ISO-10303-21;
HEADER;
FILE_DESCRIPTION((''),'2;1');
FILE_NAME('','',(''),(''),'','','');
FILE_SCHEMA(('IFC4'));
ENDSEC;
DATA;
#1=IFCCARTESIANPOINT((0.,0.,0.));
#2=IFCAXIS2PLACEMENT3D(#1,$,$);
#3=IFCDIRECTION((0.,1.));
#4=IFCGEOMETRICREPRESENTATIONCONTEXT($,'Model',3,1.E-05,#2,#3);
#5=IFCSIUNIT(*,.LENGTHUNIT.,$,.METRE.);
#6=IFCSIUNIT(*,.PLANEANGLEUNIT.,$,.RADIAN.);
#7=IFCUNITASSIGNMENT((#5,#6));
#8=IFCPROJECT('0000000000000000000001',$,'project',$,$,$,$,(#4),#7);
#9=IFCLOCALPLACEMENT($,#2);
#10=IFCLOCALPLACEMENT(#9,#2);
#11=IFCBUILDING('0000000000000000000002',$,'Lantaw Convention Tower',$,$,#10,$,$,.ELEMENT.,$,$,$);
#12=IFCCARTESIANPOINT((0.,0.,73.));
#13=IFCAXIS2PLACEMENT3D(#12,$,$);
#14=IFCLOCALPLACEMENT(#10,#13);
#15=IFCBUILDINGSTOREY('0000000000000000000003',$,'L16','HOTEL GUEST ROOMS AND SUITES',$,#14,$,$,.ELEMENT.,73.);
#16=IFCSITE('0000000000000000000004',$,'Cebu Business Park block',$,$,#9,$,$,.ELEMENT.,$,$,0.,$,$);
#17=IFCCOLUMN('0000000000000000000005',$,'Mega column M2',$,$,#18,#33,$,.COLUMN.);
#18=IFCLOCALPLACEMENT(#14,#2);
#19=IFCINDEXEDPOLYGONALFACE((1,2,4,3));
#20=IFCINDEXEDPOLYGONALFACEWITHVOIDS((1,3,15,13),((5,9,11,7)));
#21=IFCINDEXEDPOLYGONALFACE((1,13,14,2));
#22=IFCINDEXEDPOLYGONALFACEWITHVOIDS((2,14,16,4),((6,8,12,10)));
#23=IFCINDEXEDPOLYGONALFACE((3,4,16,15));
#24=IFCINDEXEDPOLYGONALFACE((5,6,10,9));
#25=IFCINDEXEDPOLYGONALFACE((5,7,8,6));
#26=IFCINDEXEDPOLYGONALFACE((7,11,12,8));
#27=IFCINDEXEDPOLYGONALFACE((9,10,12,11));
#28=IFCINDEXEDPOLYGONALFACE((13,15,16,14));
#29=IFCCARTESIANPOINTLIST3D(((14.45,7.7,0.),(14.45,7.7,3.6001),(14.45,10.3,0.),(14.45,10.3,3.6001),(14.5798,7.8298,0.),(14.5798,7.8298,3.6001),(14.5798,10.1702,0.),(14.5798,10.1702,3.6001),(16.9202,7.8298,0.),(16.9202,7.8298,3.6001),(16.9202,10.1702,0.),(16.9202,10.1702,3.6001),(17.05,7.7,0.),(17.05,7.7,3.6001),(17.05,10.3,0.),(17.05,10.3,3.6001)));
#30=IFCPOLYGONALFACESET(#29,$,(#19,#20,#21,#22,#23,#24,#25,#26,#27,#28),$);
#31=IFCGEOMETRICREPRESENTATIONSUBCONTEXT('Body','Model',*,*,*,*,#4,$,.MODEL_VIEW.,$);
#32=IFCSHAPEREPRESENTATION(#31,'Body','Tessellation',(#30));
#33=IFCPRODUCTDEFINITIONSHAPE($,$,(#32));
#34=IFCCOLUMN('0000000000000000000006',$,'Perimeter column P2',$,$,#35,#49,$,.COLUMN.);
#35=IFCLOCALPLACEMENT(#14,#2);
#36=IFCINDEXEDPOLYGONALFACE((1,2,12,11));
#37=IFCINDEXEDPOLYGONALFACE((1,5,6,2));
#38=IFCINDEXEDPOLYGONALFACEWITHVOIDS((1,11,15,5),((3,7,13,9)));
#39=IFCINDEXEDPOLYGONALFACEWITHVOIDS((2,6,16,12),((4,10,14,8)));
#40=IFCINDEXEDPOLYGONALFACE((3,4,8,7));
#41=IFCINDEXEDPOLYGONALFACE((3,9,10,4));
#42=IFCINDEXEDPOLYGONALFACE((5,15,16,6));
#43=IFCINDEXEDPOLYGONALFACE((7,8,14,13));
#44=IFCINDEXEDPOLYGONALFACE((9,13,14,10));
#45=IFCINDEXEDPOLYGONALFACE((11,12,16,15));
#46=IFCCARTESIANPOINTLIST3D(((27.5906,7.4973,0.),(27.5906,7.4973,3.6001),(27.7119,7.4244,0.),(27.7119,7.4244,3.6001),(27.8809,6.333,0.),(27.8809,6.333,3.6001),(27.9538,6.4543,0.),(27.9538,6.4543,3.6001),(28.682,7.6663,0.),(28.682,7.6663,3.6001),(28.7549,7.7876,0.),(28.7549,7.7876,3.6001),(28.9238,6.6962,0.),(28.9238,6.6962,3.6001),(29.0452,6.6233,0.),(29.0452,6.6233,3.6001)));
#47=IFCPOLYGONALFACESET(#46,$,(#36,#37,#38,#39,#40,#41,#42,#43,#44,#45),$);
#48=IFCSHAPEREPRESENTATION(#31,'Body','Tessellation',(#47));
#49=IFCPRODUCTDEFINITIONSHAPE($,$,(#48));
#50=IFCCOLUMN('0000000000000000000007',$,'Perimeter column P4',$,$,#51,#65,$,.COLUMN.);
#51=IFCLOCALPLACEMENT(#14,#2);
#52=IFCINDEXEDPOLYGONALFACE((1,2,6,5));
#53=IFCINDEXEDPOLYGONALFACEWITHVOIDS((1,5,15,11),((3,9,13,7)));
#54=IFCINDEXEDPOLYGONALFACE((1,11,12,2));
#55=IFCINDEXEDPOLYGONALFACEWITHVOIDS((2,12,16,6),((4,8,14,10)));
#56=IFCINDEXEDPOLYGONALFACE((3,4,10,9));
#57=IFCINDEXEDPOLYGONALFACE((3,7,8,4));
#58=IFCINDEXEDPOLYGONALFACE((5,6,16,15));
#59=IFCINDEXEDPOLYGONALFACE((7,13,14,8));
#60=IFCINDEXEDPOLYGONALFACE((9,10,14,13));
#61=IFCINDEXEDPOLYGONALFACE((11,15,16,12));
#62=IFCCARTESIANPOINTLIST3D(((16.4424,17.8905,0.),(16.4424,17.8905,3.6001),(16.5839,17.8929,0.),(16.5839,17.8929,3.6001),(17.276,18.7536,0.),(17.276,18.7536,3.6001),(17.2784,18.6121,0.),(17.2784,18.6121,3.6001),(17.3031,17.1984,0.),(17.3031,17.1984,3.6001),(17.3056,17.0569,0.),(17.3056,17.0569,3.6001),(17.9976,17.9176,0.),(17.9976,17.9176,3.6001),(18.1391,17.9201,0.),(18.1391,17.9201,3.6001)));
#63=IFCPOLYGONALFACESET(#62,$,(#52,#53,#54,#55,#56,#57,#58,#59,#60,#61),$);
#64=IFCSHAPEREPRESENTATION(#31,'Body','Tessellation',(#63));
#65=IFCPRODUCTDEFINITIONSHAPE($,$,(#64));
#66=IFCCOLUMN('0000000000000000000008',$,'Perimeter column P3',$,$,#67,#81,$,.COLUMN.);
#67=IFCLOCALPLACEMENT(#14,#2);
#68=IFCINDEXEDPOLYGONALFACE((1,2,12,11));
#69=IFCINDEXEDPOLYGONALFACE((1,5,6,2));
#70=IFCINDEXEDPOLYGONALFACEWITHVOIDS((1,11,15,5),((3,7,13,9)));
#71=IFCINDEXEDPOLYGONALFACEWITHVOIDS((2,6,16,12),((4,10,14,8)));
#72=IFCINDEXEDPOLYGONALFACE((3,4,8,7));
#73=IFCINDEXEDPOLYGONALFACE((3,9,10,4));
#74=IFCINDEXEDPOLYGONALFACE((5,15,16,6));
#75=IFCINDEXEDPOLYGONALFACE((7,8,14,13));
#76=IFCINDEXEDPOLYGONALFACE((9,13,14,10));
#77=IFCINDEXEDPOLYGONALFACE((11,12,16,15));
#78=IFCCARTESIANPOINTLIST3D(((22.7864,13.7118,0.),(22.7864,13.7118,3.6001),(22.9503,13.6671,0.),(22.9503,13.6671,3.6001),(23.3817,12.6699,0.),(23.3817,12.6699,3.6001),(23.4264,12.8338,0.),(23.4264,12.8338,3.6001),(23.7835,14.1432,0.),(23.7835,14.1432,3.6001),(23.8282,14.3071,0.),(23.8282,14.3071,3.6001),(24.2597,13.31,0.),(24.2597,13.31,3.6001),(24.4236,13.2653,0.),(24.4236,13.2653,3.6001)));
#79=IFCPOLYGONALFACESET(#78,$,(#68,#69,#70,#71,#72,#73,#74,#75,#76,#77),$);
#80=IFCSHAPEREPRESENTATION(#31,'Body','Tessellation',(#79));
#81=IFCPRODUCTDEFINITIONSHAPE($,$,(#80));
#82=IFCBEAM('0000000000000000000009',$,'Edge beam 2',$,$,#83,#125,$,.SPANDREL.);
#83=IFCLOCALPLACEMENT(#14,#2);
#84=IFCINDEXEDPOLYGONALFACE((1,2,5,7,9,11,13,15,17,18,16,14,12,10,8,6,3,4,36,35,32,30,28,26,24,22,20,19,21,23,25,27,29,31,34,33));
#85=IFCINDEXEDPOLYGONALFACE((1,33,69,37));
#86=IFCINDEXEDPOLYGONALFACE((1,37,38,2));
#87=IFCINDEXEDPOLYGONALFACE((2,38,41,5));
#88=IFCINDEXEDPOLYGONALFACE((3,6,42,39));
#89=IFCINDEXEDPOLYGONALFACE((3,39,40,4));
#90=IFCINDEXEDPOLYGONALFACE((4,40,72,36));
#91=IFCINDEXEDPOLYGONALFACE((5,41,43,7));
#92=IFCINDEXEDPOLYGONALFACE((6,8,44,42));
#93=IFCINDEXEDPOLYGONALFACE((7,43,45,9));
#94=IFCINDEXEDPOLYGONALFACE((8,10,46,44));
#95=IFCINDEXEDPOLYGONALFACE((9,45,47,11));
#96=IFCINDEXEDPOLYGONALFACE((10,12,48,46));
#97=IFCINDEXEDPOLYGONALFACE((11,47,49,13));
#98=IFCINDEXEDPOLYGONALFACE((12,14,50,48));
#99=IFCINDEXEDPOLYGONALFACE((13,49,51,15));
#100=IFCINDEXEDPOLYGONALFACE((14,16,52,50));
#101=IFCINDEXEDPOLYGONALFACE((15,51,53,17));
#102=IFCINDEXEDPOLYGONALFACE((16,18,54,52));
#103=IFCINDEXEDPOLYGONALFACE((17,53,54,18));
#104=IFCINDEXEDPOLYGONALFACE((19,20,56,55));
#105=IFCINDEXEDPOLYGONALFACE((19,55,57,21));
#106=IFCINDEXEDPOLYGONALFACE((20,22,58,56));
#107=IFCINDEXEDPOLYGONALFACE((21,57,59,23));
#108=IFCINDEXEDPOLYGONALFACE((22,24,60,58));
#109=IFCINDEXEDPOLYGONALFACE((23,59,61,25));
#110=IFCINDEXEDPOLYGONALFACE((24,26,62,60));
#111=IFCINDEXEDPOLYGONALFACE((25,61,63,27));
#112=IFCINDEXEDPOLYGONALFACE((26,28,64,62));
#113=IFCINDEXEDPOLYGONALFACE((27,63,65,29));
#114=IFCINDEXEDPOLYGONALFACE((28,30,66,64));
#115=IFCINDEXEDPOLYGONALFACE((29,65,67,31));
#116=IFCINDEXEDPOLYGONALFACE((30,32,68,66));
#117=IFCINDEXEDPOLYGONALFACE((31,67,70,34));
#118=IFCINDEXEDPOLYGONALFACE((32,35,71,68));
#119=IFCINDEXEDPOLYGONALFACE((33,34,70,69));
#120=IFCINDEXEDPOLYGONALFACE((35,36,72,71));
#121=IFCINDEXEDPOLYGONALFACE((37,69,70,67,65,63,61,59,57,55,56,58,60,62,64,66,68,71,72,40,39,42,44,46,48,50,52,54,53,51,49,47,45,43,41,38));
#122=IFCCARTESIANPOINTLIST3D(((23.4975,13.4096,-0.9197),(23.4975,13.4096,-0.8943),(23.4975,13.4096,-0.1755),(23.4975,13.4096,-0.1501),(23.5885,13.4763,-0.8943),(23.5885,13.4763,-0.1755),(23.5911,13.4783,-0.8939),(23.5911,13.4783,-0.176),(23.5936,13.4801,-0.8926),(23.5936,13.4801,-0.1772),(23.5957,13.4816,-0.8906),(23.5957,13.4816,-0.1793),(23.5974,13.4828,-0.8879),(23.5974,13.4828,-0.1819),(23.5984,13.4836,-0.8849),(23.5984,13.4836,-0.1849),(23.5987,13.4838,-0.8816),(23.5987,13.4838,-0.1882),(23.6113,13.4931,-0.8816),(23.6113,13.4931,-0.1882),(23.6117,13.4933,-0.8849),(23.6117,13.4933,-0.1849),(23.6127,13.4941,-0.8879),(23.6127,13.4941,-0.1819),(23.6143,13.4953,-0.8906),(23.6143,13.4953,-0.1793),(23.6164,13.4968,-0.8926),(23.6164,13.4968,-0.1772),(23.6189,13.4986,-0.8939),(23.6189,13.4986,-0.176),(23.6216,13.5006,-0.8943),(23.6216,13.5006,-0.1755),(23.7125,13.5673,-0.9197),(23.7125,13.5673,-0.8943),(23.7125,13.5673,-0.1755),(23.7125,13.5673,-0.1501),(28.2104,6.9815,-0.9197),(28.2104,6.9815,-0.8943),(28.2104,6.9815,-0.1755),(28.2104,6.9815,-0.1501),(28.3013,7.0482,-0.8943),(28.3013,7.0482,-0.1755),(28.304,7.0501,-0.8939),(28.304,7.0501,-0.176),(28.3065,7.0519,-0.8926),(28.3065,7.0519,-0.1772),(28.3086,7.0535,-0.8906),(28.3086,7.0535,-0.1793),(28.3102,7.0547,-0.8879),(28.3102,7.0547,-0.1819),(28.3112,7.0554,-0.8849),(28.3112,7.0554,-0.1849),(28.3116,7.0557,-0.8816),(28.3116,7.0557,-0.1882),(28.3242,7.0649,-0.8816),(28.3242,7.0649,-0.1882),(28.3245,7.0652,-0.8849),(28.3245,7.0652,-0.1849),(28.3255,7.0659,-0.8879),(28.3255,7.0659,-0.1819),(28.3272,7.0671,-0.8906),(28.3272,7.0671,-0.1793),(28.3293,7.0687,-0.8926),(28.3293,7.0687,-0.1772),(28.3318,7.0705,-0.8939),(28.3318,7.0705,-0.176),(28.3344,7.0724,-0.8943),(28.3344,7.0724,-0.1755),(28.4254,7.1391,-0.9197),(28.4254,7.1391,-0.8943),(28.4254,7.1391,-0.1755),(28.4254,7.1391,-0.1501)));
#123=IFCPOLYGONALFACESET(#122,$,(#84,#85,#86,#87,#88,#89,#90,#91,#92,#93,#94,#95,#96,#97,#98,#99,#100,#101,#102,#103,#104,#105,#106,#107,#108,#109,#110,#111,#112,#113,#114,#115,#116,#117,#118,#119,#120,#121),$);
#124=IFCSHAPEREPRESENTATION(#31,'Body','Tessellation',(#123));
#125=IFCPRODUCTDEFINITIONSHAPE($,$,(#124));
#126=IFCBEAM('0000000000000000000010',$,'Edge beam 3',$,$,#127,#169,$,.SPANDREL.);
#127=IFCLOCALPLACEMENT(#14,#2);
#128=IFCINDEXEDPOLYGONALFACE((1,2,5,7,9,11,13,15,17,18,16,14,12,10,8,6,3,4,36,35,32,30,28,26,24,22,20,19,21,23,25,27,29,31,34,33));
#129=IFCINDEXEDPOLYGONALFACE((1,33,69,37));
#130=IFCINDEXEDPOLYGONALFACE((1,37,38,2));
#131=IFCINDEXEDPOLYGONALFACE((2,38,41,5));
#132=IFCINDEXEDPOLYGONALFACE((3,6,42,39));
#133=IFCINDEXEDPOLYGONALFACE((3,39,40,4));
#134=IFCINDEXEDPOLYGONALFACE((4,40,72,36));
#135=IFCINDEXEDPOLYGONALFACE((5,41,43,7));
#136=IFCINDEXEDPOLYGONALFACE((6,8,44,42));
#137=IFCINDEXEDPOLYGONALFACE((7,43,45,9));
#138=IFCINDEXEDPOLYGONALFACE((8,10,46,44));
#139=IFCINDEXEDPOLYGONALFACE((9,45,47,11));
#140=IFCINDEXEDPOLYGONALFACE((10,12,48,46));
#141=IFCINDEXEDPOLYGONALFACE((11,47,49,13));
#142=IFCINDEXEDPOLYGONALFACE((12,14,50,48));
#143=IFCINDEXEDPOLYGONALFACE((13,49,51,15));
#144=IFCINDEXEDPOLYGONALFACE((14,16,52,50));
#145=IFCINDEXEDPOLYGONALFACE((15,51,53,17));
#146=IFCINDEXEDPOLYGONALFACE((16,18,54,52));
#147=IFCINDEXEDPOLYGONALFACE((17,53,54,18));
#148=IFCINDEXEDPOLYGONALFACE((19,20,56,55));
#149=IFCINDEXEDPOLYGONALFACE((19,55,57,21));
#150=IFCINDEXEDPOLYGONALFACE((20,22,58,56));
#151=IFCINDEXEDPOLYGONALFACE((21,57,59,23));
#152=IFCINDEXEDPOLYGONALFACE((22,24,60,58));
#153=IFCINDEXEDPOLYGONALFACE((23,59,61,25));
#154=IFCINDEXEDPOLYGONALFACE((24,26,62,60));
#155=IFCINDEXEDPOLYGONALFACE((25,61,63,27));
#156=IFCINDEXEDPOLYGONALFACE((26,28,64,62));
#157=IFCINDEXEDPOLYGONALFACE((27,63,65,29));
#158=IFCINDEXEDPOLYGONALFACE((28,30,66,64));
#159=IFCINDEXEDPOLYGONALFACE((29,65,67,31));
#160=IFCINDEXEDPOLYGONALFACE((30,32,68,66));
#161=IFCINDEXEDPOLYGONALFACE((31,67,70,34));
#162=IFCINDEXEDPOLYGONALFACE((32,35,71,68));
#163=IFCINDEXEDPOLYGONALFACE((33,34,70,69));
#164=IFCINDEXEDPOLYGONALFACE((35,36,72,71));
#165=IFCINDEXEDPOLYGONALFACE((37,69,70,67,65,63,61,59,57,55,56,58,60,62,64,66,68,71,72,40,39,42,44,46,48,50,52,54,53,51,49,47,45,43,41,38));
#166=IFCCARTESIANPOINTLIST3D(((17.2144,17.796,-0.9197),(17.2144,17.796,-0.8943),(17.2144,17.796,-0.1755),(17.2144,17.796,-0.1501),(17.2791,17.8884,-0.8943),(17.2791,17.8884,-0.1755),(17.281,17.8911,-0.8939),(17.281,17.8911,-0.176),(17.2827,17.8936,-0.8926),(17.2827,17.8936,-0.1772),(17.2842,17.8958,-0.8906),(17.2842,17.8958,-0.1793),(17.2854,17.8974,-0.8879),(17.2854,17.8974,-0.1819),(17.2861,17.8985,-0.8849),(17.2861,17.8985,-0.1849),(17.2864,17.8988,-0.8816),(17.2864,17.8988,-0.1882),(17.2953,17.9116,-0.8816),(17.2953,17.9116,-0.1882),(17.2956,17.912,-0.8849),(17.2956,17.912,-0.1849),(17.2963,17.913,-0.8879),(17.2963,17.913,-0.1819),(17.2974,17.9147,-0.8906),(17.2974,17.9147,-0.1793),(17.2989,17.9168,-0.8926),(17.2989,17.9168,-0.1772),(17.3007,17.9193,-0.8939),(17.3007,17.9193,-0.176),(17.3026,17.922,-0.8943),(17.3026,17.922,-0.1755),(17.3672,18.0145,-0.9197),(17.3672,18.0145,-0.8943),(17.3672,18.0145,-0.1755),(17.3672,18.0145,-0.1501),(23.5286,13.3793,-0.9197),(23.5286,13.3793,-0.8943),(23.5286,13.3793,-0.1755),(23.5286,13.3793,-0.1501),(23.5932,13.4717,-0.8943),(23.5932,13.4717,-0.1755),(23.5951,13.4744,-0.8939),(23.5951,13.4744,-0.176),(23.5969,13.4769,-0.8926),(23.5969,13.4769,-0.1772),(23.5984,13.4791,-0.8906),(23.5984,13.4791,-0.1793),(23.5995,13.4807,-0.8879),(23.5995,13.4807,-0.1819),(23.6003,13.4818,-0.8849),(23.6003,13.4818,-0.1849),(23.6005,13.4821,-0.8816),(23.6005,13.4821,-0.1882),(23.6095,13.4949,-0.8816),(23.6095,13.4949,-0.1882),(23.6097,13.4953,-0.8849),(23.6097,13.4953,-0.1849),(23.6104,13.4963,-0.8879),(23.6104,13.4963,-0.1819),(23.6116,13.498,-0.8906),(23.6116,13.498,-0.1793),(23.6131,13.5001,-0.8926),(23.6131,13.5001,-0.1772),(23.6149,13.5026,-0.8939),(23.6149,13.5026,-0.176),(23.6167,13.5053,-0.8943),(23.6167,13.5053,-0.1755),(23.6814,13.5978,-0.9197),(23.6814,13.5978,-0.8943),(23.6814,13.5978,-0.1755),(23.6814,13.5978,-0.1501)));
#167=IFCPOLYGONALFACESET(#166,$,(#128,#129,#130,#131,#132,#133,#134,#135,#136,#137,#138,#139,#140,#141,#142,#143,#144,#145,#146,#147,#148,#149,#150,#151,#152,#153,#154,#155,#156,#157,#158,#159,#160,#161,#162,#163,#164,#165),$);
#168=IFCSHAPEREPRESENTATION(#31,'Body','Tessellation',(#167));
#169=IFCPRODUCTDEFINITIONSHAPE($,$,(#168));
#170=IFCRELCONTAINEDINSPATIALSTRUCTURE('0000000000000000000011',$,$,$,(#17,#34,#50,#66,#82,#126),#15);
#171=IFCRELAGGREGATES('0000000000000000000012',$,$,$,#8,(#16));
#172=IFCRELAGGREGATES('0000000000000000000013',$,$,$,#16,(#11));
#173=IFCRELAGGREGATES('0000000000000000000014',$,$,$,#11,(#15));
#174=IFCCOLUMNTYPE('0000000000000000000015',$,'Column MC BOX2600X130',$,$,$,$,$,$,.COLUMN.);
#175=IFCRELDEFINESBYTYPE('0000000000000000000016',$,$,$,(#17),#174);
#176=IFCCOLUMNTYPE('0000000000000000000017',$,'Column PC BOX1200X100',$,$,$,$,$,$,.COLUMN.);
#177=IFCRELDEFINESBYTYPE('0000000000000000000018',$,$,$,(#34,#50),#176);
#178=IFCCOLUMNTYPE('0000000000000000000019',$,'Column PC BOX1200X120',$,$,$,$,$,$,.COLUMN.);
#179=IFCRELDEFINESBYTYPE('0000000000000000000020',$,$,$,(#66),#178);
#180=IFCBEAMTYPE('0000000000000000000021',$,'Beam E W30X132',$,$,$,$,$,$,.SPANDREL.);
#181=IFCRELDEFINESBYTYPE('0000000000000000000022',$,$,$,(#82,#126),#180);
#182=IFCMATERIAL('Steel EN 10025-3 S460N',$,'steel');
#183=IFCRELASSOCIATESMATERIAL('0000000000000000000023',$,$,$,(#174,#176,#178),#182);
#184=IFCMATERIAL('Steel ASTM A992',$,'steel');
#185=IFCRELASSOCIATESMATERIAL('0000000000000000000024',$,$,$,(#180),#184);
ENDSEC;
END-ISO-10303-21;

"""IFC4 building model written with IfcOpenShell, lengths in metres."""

from ifc_helpers import new_model, si_unit, direction, frame, origin, origin_2d, place, context, subcontext, project, spatial, rectangle, hollow_rectangle, i_section, extrude, material, material_profile, profile_set, type_object, element, save


model = new_model("IFC4")

# Units and contexts
model_context = context("Model", 3, precision=1e-05, world=origin(), true_north=direction((0.0, 1.0)))
body_context = subcontext(model_context, "Body", "Model", "MODEL_VIEW")
ifc_project = project(units=[si_unit("LENGTHUNIT", "METRE"), si_unit("PLANEANGLEUNIT", "RADIAN")], contexts=[model_context])

# Site, building, storey
site_placement = place(None, origin())
site = spatial("IfcSite", under=ifc_project, at=site_placement, Name="Cebu Business Park block", CompositionType="ELEMENT", RefElevation=0.0)
building_placement = place(site_placement, origin())
building = spatial("IfcBuilding", under=site, at=building_placement, Name="Lantaw Convention Tower", CompositionType="ELEMENT")
storey_placement = place(building_placement, frame((0.0, 0.0, 73.0)))
storey = spatial("IfcBuildingStorey", under=building, at=storey_placement, Name="L16", Description="HOTEL GUEST ROOMS AND SUITES", CompositionType="ELEMENT", Elevation=73.0)

# Columns
ifc_material_1 = material(Name="Steel EN 10025-3 S460N", Category="steel")
ifc_material_profile_1 = material_profile(ifc_material_1, hollow_rectangle(XDim=2.6001, YDim=2.6001, WallThickness=0.1299, at=origin_2d()), Name="BOX2600X130")
ifc_material_2 = material(Name="Concrete C60/75", Category="concrete")
ifc_material_profile_2 = material_profile(ifc_material_2, rectangle(XDim=2.3401, YDim=2.3401, at=origin_2d()), Name="Concrete fill of BOX2600X130")
ifc_profile_set_1 = profile_set([ifc_material_profile_1, ifc_material_profile_2], Name="Steel EN 10025-3 S460N")
column_type_1 = type_object("IfcColumnType", Name="Column MC BOX2600X130", PredefinedType="COLUMN", material=ifc_profile_set_1)
column_1_placement = place(storey_placement, frame((15.75, 9.0, 0.0), z_axis=(0.0, 0.0, 1.0), x_axis=(1.0, 0.0, 0.0)))
element("IfcColumn", 1, at=column_1_placement, inside=storey, type_object=column_type_1, Name="Mega column M2", PredefinedType="COLUMN", context=body_context, shape_type="SweptSolid", body=[
    extrude(hollow_rectangle(XDim=2.6001, YDim=2.6001, WallThickness=0.1299, at=origin_2d()), origin(), (0.0, 0.0, 1.0), 3.6001),
])
ifc_material_profile_3 = material_profile(ifc_material_1, hollow_rectangle(XDim=1.2, YDim=1.2, WallThickness=0.1001, at=origin_2d()), Name="BOX1200X100")
ifc_material_profile_4 = material_profile(ifc_material_2, rectangle(XDim=1.0, YDim=1.0, at=origin_2d()), Name="Concrete fill of BOX1200X100")
ifc_profile_set_2 = profile_set([ifc_material_profile_3, ifc_material_profile_4], Name="Steel EN 10025-3 S460N")
column_type_2 = type_object("IfcColumnType", Name="Column PC BOX1200X100", PredefinedType="COLUMN", material=ifc_profile_set_2)
for number, where, z_axis, x_axis, name in (
    (2, (28.3179, 7.0603, 0.0), (0.0, 0.0, 1.0), (0.970296, 0.241922, 0.0), "Perimeter column P2"),
    (3, (17.2908, 17.9053, 0.0), (0.0, 0.0, 1.0), (0.694658, 0.71934, 0.0), "Perimeter column P4"),
):
    element("IfcColumn", number, at=place(storey_placement, frame(where, z_axis=z_axis, x_axis=x_axis)), inside=storey, type_object=column_type_2, Name=name, PredefinedType="COLUMN", context=body_context, shape_type="SweptSolid", body=[
        extrude(hollow_rectangle(XDim=1.2, YDim=1.2, WallThickness=0.1001, at=origin_2d()), origin(), (0.0, 0.0, 1.0), 3.6001),
    ])
ifc_material_profile_5 = material_profile(ifc_material_1, hollow_rectangle(XDim=1.2, YDim=1.2, WallThickness=0.1201, at=origin_2d()), Name="BOX1200X120")
ifc_material_profile_6 = material_profile(ifc_material_2, rectangle(XDim=0.96, YDim=0.96, at=origin_2d()), Name="Concrete fill of BOX1200X120")
ifc_profile_set_3 = profile_set([ifc_material_profile_5, ifc_material_profile_6], Name="Steel EN 10025-3 S460N")
column_type_3 = type_object("IfcColumnType", Name="Column PC BOX1200X120", PredefinedType="COLUMN", material=ifc_profile_set_3)
column_2_placement = place(storey_placement, frame((23.605, 13.4885, 0.0), z_axis=(0.0, 0.0, 1.0), x_axis=(0.868243, 0.496139, 0.0)))
element("IfcColumn", 4, at=column_2_placement, inside=storey, type_object=column_type_3, Name="Perimeter column P3", PredefinedType="COLUMN", context=body_context, shape_type="SweptSolid", body=[
    extrude(hollow_rectangle(XDim=1.2, YDim=1.2, WallThickness=0.1201, at=origin_2d()), origin(), (0.0, 0.0, 1.0), 3.6001),
])

# Beams
ifc_material_3 = material(Name="Steel ASTM A992", Category="steel")
ifc_material_profile_7 = material_profile(ifc_material_3, i_section(OverallWidth=0.2666, OverallDepth=0.7695, WebThickness=0.0156, FlangeThickness=0.0254, FilletRadius=0.0127, at=origin_2d()), Name="W30X132")
ifc_profile_set_4 = profile_set([ifc_material_profile_7], Name="Steel ASTM A992")
beam_type_1 = type_object("IfcBeamType", Name="Beam E W30X132", PredefinedType="SPANDREL", material=ifc_profile_set_4)
beam_1_placement = place(storey_placement, frame((28.3179, 7.0603, -0.5349), z_axis=(-0.591271, 0.806473, 0.0), x_axis=(-0.806473, -0.591271, 0.0)))
element("IfcBeam", 5, at=beam_1_placement, inside=storey, type_object=beam_type_1, Name="Edge beam 2", PredefinedType="SPANDREL", context=body_context, shape_type="SweptSolid", body=[
    extrude(i_section(OverallWidth=0.2666, OverallDepth=0.7695, WebThickness=0.0156, FlangeThickness=0.0254, FilletRadius=0.0127, at=origin_2d()), origin(), (0.0, 0.0, 1.0), 7.9707),
])
beam_2_placement = place(storey_placement, frame((23.605, 13.4885, -0.5349), z_axis=(-0.819427, 0.573184, 0.0), x_axis=(-0.573184, -0.819427, 0.0)))
element("IfcBeam", 6, at=beam_2_placement, inside=storey, type_object=beam_type_1, Name="Edge beam 3", PredefinedType="SPANDREL", context=body_context, shape_type="SweptSolid", body=[
    extrude(i_section(OverallWidth=0.2666, OverallDepth=0.7695, WebThickness=0.0156, FlangeThickness=0.0254, FilletRadius=0.0127, at=origin_2d()), origin(), (0.0, 0.0, 1.0), 7.7056),
])

save(model, "model.ifc")
